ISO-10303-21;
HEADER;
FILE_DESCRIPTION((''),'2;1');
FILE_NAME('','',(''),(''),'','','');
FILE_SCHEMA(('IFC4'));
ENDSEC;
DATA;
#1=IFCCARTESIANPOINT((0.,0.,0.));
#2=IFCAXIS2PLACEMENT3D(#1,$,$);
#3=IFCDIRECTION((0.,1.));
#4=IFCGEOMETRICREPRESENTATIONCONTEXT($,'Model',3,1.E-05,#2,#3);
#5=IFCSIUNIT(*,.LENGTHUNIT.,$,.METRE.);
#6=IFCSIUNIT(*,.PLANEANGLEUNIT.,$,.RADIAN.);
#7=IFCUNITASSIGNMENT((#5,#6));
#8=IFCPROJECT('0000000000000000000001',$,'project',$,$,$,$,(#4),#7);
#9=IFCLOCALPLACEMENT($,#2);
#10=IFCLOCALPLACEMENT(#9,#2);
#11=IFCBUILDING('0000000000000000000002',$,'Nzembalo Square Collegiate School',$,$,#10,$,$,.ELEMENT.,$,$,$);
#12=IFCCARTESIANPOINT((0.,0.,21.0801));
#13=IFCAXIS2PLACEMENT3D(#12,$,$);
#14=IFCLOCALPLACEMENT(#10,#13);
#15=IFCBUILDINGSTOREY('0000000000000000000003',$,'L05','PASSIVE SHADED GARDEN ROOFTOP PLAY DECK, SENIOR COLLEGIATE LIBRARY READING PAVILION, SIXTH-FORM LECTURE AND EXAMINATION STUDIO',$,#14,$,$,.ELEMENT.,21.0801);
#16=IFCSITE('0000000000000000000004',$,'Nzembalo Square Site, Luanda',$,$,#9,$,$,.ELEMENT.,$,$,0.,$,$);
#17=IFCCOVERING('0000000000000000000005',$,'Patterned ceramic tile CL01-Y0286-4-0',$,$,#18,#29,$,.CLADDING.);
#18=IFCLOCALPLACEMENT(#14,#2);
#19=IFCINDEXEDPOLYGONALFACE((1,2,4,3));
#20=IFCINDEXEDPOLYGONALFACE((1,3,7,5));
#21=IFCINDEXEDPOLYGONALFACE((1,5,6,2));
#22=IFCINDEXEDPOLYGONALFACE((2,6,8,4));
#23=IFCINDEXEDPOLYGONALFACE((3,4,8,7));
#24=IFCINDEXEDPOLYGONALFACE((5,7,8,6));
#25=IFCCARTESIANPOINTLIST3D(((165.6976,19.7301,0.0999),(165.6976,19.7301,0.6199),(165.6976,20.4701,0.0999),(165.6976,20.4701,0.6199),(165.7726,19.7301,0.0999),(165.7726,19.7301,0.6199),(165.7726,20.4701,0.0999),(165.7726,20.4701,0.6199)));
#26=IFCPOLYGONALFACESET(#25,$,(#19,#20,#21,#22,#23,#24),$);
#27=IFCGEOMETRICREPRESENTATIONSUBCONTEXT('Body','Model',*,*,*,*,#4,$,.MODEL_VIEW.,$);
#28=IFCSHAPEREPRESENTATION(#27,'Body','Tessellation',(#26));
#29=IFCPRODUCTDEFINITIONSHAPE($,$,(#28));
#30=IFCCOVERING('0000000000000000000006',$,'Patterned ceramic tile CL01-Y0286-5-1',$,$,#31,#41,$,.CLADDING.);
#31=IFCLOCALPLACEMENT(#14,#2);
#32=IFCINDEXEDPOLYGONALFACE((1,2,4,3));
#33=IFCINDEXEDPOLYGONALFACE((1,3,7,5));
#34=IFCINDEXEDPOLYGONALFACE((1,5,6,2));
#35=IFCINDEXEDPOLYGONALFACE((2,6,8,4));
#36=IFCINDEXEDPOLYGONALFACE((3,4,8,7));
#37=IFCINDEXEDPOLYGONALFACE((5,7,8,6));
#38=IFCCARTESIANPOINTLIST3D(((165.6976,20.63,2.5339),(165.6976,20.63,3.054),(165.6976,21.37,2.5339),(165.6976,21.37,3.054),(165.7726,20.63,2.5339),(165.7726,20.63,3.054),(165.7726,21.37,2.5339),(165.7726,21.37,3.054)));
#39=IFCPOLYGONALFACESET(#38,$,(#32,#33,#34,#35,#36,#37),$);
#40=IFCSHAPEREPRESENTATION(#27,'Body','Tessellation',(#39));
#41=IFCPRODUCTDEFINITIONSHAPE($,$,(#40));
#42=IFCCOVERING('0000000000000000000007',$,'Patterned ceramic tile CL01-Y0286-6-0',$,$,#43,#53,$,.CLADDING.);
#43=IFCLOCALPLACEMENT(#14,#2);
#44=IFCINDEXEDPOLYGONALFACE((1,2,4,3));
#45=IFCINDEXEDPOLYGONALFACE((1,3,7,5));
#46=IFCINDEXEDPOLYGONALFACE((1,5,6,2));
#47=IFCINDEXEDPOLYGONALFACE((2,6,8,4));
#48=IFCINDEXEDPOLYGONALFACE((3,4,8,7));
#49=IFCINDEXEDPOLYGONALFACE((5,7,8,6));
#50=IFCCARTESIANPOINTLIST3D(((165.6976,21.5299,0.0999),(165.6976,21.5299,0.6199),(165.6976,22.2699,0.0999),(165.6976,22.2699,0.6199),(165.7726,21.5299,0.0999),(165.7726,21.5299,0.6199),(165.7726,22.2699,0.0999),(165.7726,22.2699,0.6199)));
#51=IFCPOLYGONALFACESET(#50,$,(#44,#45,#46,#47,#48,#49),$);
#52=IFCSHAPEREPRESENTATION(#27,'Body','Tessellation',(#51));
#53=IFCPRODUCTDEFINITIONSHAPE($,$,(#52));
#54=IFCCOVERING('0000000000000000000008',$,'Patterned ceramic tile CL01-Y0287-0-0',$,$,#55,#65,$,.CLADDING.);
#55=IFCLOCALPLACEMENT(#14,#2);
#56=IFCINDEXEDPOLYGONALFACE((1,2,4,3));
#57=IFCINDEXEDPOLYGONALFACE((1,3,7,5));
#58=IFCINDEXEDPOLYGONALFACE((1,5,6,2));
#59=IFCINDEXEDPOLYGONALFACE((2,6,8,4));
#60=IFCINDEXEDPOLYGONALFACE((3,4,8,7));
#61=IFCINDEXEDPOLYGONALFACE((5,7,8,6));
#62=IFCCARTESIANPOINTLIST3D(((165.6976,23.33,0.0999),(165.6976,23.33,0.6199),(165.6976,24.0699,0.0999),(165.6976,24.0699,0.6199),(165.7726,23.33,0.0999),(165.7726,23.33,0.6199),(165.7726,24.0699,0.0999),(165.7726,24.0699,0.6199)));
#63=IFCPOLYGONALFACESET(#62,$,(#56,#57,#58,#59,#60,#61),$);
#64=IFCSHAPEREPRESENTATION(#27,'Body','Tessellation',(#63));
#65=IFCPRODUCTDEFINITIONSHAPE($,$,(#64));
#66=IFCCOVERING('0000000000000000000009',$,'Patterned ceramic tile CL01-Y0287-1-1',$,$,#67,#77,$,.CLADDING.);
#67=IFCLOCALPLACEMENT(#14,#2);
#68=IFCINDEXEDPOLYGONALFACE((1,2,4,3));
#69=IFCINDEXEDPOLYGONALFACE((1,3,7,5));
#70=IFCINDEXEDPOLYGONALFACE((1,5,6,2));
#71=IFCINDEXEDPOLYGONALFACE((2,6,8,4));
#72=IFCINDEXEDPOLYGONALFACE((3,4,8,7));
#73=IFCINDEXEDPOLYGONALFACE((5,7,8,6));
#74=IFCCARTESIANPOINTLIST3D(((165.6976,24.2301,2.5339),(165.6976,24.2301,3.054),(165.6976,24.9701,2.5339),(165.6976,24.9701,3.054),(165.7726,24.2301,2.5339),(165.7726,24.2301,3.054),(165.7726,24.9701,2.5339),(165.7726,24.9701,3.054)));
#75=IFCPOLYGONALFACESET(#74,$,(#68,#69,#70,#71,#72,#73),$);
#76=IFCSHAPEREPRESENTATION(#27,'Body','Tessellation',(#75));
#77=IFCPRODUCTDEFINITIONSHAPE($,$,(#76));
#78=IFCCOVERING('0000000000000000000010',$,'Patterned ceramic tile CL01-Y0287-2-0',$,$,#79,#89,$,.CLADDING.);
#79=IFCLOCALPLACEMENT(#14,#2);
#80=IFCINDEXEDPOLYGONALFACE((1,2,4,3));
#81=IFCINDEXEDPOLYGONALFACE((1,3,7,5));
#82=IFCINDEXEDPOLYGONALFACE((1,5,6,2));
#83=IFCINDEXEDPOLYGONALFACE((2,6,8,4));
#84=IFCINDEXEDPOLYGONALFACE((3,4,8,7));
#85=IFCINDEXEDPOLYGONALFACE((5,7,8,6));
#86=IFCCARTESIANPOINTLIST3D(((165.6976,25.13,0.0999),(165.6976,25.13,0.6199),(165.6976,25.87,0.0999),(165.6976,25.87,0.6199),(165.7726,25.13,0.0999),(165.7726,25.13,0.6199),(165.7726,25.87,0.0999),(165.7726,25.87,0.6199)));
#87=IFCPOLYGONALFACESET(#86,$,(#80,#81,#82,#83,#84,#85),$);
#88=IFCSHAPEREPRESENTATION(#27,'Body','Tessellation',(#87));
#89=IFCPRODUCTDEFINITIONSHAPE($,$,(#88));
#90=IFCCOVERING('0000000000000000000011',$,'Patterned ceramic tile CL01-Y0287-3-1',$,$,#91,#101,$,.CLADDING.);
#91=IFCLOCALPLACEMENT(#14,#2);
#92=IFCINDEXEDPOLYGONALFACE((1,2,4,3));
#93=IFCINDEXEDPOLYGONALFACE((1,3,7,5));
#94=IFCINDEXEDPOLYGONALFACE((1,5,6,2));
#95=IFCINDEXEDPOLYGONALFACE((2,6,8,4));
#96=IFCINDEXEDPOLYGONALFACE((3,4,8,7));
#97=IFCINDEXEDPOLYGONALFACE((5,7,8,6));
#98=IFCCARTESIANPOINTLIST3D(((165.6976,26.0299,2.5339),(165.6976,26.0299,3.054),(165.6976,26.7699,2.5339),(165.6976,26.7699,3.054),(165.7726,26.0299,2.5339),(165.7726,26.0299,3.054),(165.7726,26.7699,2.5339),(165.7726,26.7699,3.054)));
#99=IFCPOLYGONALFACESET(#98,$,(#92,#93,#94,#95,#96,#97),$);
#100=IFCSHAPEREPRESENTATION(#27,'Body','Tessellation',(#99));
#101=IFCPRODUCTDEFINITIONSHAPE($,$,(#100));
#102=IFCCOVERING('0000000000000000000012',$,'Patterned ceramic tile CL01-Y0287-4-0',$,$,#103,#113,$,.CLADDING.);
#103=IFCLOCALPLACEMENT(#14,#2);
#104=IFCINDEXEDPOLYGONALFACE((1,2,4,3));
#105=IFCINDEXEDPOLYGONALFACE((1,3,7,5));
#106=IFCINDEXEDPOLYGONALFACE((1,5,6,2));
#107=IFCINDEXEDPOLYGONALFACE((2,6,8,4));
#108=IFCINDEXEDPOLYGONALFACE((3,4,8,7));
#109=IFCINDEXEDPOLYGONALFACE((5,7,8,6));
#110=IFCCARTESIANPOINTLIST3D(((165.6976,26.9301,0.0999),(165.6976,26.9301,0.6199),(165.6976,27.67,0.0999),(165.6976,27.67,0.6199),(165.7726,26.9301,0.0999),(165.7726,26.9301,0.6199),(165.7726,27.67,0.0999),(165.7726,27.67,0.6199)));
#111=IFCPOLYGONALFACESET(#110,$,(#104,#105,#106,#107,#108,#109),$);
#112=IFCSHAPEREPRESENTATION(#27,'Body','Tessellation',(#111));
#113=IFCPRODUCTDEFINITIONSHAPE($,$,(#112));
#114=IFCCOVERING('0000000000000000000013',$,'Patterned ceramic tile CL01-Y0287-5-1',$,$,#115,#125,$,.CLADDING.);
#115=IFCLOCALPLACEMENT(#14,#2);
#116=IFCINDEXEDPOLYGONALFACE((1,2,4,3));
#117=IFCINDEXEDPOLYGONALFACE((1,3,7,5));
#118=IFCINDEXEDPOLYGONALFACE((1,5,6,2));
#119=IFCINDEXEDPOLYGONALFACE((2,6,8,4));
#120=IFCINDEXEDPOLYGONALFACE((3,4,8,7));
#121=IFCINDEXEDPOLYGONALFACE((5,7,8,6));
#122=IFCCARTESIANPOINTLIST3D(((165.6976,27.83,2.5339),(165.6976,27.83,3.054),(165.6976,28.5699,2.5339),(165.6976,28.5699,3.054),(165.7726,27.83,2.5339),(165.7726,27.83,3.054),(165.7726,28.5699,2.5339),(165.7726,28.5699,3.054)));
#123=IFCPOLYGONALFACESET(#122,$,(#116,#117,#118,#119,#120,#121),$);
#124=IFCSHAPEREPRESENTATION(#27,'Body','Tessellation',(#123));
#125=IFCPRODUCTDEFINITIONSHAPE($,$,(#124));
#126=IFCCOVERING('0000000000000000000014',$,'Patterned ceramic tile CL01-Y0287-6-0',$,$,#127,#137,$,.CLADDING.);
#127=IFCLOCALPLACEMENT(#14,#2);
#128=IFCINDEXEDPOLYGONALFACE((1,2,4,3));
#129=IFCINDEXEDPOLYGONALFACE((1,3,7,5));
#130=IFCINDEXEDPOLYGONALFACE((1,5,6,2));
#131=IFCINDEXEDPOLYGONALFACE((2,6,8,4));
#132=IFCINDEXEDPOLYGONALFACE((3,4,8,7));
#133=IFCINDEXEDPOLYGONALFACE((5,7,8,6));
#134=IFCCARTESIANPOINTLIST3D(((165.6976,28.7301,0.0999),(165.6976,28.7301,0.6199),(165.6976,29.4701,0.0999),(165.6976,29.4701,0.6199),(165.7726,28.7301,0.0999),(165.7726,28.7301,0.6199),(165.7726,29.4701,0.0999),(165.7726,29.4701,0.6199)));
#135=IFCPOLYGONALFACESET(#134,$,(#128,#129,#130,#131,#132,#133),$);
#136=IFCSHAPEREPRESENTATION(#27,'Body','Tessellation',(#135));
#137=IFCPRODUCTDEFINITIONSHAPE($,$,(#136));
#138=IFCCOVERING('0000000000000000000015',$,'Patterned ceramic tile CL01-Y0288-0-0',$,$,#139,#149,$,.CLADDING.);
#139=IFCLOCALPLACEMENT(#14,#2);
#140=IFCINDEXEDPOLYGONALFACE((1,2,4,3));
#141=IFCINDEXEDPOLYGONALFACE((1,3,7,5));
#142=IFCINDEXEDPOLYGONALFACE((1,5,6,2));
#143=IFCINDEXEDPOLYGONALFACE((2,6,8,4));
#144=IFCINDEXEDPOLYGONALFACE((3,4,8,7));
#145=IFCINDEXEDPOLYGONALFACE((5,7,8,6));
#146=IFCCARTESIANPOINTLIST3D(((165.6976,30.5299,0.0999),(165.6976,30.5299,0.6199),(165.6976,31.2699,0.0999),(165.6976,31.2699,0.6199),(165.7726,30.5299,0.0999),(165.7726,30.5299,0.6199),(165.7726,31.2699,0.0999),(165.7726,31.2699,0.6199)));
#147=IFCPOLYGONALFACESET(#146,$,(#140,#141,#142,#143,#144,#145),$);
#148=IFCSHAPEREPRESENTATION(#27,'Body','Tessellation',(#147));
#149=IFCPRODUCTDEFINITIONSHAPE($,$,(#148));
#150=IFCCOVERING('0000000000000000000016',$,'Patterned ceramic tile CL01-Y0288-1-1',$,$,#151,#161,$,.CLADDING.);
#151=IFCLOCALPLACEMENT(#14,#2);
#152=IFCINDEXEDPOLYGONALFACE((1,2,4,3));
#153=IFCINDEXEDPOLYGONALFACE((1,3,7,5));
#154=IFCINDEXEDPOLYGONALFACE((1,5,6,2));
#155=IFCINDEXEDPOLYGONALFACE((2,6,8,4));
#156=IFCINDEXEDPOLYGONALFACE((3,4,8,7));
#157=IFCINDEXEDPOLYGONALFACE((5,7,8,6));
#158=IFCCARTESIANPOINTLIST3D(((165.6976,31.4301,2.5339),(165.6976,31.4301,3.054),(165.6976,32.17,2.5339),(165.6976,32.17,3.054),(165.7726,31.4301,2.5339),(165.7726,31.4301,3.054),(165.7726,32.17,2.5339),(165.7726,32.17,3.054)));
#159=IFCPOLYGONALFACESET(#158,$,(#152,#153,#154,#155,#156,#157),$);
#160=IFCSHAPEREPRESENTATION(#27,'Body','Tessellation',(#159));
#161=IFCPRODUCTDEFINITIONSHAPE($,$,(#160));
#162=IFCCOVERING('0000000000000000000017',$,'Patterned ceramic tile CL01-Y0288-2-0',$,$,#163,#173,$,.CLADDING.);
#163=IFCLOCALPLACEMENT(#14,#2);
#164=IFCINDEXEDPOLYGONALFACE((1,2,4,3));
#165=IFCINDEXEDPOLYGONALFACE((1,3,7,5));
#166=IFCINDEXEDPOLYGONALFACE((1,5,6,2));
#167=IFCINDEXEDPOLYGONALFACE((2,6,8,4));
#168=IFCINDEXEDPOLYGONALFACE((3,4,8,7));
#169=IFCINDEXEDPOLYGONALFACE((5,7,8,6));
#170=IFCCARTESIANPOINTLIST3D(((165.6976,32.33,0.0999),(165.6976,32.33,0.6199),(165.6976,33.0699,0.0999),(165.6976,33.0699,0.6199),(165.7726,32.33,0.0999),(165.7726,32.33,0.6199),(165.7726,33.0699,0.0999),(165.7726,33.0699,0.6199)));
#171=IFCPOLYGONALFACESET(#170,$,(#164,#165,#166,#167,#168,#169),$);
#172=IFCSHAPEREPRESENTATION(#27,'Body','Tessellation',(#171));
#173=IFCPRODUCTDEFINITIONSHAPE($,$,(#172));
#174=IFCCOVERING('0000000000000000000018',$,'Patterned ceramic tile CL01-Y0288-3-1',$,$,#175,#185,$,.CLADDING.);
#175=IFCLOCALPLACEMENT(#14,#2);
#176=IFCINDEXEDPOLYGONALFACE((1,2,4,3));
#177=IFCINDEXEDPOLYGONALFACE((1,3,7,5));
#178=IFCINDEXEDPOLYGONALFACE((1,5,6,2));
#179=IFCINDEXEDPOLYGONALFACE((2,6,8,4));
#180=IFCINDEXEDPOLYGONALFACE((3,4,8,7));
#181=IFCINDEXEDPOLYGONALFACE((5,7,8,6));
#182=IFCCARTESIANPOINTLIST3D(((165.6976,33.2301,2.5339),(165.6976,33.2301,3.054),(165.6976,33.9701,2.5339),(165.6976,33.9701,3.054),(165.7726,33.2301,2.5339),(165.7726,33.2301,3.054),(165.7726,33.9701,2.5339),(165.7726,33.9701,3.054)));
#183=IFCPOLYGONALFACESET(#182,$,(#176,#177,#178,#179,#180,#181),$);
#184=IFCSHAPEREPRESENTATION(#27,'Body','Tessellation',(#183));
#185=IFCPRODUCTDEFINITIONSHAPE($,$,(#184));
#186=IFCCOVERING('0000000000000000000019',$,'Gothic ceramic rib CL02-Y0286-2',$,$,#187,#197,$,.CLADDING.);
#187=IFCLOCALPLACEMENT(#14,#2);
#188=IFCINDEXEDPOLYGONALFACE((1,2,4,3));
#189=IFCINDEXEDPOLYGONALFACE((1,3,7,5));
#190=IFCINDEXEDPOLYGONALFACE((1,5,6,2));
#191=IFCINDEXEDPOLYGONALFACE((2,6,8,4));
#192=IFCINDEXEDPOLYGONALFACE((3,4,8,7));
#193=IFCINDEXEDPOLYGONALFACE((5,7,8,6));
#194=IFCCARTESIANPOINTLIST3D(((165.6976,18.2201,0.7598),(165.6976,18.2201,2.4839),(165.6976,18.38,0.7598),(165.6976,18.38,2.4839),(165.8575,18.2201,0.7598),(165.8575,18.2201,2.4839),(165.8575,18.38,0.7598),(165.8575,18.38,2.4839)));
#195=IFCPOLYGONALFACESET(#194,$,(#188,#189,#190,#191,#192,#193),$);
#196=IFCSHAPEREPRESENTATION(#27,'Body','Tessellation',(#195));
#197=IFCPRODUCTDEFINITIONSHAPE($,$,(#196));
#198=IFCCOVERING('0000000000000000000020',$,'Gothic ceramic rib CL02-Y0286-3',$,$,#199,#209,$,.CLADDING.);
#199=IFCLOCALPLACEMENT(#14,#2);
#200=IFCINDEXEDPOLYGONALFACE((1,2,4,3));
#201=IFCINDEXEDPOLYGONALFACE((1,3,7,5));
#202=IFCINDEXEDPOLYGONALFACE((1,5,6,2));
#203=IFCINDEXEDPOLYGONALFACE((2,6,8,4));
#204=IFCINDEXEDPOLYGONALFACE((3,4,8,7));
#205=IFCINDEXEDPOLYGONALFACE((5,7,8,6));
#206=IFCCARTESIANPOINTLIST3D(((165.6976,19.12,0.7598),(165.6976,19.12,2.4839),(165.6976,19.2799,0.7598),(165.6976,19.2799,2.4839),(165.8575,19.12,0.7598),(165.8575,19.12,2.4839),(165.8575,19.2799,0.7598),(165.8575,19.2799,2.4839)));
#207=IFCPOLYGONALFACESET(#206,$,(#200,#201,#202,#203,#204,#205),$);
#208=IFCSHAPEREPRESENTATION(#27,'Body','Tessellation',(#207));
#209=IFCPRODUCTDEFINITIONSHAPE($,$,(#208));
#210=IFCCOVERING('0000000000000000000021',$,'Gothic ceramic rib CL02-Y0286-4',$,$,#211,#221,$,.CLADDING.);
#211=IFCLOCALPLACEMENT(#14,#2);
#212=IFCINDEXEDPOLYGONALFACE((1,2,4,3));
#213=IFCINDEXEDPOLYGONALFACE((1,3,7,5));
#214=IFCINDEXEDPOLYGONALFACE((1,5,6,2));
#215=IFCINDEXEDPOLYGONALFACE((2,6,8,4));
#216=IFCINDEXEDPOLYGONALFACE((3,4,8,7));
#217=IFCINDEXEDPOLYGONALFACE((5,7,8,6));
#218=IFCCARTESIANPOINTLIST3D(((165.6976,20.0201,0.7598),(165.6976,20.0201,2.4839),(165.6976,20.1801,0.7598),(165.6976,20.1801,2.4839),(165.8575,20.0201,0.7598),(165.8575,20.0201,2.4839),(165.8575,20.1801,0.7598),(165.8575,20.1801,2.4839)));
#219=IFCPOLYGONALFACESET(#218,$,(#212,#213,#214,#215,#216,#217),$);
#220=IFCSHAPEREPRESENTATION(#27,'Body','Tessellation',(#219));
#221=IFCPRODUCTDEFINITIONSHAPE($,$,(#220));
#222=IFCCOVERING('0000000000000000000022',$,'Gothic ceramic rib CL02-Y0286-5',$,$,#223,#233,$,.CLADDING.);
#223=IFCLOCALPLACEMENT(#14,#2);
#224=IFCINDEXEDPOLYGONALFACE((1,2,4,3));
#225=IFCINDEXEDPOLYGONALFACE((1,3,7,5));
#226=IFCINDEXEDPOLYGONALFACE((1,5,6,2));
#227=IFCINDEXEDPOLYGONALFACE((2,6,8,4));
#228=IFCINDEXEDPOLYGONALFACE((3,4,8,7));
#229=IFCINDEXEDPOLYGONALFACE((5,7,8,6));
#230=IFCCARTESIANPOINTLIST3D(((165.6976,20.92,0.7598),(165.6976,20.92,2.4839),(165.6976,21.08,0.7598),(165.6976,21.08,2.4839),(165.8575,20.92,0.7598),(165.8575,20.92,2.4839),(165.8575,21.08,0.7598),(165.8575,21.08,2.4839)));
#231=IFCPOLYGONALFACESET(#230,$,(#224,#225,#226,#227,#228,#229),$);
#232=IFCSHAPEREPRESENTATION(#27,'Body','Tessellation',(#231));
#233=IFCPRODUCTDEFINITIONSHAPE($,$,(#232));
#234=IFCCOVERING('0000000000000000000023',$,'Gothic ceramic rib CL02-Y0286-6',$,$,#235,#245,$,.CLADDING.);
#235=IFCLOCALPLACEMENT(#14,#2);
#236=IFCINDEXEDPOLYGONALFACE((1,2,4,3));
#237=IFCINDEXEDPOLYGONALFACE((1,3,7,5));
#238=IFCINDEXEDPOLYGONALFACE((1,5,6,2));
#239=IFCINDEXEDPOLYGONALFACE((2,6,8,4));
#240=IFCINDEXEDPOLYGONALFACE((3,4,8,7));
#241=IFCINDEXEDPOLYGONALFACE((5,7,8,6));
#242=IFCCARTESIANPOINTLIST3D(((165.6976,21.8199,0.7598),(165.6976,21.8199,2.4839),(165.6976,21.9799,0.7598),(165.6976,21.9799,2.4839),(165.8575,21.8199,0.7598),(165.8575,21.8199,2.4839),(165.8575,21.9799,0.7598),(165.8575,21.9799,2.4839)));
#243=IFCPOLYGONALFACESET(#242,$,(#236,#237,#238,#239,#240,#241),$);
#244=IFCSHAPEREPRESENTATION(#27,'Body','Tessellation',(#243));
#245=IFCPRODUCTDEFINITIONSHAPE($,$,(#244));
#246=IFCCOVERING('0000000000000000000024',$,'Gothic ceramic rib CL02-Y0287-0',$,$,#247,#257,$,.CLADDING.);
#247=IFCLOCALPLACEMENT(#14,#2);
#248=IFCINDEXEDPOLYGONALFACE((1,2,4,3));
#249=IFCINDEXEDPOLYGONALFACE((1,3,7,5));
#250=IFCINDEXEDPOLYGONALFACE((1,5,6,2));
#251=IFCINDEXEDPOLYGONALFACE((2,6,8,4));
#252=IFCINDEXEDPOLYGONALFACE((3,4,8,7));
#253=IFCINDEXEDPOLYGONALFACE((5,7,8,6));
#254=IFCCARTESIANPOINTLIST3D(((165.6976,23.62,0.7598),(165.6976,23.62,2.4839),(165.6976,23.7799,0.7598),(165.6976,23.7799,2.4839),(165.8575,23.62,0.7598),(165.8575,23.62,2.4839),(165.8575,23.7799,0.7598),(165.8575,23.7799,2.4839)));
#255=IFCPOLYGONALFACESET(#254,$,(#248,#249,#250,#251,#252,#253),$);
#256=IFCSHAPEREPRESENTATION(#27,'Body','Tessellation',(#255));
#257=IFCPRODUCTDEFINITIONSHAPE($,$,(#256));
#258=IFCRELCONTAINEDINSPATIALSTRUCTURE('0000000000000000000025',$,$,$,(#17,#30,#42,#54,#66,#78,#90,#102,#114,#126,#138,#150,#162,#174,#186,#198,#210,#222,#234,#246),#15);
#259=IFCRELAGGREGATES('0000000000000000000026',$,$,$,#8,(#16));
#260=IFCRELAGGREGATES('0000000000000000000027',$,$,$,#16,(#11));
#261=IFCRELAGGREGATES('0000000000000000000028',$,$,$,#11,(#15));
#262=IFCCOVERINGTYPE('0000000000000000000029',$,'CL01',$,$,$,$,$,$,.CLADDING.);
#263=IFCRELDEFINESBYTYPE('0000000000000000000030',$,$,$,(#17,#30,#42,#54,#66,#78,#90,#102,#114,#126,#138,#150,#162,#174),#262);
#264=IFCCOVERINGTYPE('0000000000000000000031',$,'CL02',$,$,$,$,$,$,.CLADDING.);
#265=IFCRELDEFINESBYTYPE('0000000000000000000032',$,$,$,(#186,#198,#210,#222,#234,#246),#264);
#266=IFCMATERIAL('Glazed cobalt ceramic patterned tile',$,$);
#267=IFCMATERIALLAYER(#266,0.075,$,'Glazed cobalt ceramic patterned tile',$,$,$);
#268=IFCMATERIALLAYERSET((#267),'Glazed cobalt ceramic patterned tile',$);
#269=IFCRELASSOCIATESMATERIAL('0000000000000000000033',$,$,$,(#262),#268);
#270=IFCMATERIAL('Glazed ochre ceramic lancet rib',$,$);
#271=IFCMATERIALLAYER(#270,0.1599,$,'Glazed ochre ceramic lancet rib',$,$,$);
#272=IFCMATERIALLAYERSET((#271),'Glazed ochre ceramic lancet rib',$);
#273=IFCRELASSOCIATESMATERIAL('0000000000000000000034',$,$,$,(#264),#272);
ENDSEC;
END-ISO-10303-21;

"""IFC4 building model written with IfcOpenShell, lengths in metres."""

from ifc_helpers import new_model, si_unit, direction, frame, origin, origin_2d, place, context, subcontext, project, spatial, rectangle, extrude, material, layer, layer_set, type_object, element, save


model = new_model("IFC4")

# Units and contexts
model_context = context("Model", 3, precision=1e-05, world=origin(), true_north=direction((0.0, 1.0)))
body_context = subcontext(model_context, "Body", "Model", "MODEL_VIEW")
ifc_project = project(units=[si_unit("LENGTHUNIT", "METRE"), si_unit("PLANEANGLEUNIT", "RADIAN")], contexts=[model_context])

# Site, building, storey
site_placement = place(None, origin())
site = spatial("IfcSite", under=ifc_project, at=site_placement, Name="Nzembalo Square Site, Luanda", CompositionType="ELEMENT", RefElevation=0.0)
building_placement = place(site_placement, origin())
building = spatial("IfcBuilding", under=site, at=building_placement, Name="Nzembalo Square Collegiate School", CompositionType="ELEMENT")
storey_placement = place(building_placement, frame((0.0, 0.0, 21.0801)))
storey = spatial("IfcBuildingStorey", under=building, at=storey_placement, Name="L05", Description="PASSIVE SHADED GARDEN ROOFTOP PLAY DECK, SENIOR COLLEGIATE LIBRARY READING PAVILION, SIXTH-FORM LECTURE AND EXAMINATION STUDIO", CompositionType="ELEMENT", Elevation=21.0801)

# Coverings
ifc_material_1 = material(Name="Glazed cobalt ceramic patterned tile")
ifc_layer_1 = layer(ifc_material_1, 0.075, Name="Glazed cobalt ceramic patterned tile")
ifc_layer_set_1 = layer_set([ifc_layer_1], Name="Glazed cobalt ceramic patterned tile")
covering_type_1 = type_object("IfcCoveringType", Name="CL01", PredefinedType="CLADDING", material=ifc_layer_set_1)
for number, where, z_axis, x_axis, name in (
    (1, (165.7351, 20.1001, 0.0999), (0.0, 0.0, 1.0), (1.0, 0.0, 0.0), "Patterned ceramic tile CL01-Y0286-4-0"),
    (2, (165.7351, 21.0, 2.5339), (0.0, 0.0, 1.0), (1.0, 0.0, 0.0), "Patterned ceramic tile CL01-Y0286-5-1"),
    (3, (165.7351, 21.8999, 0.0999), (0.0, 0.0, 1.0), (1.0, 0.0, 0.0), "Patterned ceramic tile CL01-Y0286-6-0"),
    (4, (165.7351, 23.7, 0.0999), (0.0, 0.0, 1.0), (1.0, 0.0, 0.0), "Patterned ceramic tile CL01-Y0287-0-0"),
    (5, (165.7351, 24.6001, 2.5339), (0.0, 0.0, 1.0), (1.0, 0.0, 0.0), "Patterned ceramic tile CL01-Y0287-1-1"),
    (6, (165.7351, 25.5, 0.0999), (0.0, 0.0, 1.0), (1.0, 0.0, 0.0), "Patterned ceramic tile CL01-Y0287-2-0"),
    (7, (165.7351, 26.3999, 2.5339), (0.0, 0.0, 1.0), (1.0, 0.0, 0.0), "Patterned ceramic tile CL01-Y0287-3-1"),
    (8, (165.7351, 27.3, 0.0999), (0.0, 0.0, 1.0), (1.0, 0.0, 0.0), "Patterned ceramic tile CL01-Y0287-4-0"),
    (9, (165.7351, 28.2, 2.5339), (0.0, 0.0, 1.0), (1.0, 0.0, 0.0), "Patterned ceramic tile CL01-Y0287-5-1"),
    (10, (165.7351, 29.1001, 0.0999), (0.0, 0.0, 1.0), (1.0, 0.0, 0.0), "Patterned ceramic tile CL01-Y0287-6-0"),
    (11, (165.7351, 30.8999, 0.0999), (0.0, 0.0, 1.0), (1.0, 0.0, 0.0), "Patterned ceramic tile CL01-Y0288-0-0"),
    (12, (165.7351, 31.8, 2.5339), (0.0, 0.0, 1.0), (1.0, 0.0, 0.0), "Patterned ceramic tile CL01-Y0288-1-1"),
    (13, (165.7351, 32.7, 0.0999), (0.0, 0.0, 1.0), (1.0, 0.0, 0.0), "Patterned ceramic tile CL01-Y0288-2-0"),
    (14, (165.7351, 33.6001, 2.5339), (0.0, 0.0, 1.0), (1.0, 0.0, 0.0), "Patterned ceramic tile CL01-Y0288-3-1"),
):
    element("IfcCovering", number, at=place(storey_placement, frame(where, z_axis=z_axis, x_axis=x_axis)), inside=storey, type_object=covering_type_1, Name=name, PredefinedType="CLADDING", context=body_context, shape_type="SweptSolid", body=[
        extrude(rectangle(XDim=0.075, YDim=0.74, at=origin_2d()), origin(), (0.0, 0.0, 1.0), 0.52),
    ])
ifc_material_2 = material(Name="Glazed ochre ceramic lancet rib")
ifc_layer_2 = layer(ifc_material_2, 0.1599, Name="Glazed ochre ceramic lancet rib")
ifc_layer_set_2 = layer_set([ifc_layer_2], Name="Glazed ochre ceramic lancet rib")
covering_type_2 = type_object("IfcCoveringType", Name="CL02", PredefinedType="CLADDING", material=ifc_layer_set_2)
for number, where, z_axis, x_axis, name in (
    (15, (165.7776, 18.3, 0.7598), (0.0, 0.0, 1.0), (1.0, 0.0, 0.0), "Gothic ceramic rib CL02-Y0286-2"),
    (16, (165.7776, 19.2, 0.7598), (0.0, 0.0, 1.0), (1.0, 0.0, 0.0), "Gothic ceramic rib CL02-Y0286-3"),
    (17, (165.7776, 20.1001, 0.7598), (0.0, 0.0, 1.0), (1.0, 0.0, 0.0), "Gothic ceramic rib CL02-Y0286-4"),
    (18, (165.7776, 21.0, 0.7598), (0.0, 0.0, 1.0), (1.0, 0.0, 0.0), "Gothic ceramic rib CL02-Y0286-5"),
    (19, (165.7776, 21.8999, 0.7598), (0.0, 0.0, 1.0), (1.0, 0.0, 0.0), "Gothic ceramic rib CL02-Y0286-6"),
    (20, (165.7776, 23.7, 0.7598), (0.0, 0.0, 1.0), (1.0, 0.0, 0.0), "Gothic ceramic rib CL02-Y0287-0"),
):
    element("IfcCovering", number, at=place(storey_placement, frame(where, z_axis=z_axis, x_axis=x_axis)), inside=storey, type_object=covering_type_2, Name=name, PredefinedType="CLADDING", context=body_context, shape_type="SweptSolid", body=[
        extrude(rectangle(XDim=0.1599, YDim=0.1599, at=origin_2d()), origin(), (0.0, 0.0, 1.0), 1.7241),
    ])

save(model, "model.ifc")
